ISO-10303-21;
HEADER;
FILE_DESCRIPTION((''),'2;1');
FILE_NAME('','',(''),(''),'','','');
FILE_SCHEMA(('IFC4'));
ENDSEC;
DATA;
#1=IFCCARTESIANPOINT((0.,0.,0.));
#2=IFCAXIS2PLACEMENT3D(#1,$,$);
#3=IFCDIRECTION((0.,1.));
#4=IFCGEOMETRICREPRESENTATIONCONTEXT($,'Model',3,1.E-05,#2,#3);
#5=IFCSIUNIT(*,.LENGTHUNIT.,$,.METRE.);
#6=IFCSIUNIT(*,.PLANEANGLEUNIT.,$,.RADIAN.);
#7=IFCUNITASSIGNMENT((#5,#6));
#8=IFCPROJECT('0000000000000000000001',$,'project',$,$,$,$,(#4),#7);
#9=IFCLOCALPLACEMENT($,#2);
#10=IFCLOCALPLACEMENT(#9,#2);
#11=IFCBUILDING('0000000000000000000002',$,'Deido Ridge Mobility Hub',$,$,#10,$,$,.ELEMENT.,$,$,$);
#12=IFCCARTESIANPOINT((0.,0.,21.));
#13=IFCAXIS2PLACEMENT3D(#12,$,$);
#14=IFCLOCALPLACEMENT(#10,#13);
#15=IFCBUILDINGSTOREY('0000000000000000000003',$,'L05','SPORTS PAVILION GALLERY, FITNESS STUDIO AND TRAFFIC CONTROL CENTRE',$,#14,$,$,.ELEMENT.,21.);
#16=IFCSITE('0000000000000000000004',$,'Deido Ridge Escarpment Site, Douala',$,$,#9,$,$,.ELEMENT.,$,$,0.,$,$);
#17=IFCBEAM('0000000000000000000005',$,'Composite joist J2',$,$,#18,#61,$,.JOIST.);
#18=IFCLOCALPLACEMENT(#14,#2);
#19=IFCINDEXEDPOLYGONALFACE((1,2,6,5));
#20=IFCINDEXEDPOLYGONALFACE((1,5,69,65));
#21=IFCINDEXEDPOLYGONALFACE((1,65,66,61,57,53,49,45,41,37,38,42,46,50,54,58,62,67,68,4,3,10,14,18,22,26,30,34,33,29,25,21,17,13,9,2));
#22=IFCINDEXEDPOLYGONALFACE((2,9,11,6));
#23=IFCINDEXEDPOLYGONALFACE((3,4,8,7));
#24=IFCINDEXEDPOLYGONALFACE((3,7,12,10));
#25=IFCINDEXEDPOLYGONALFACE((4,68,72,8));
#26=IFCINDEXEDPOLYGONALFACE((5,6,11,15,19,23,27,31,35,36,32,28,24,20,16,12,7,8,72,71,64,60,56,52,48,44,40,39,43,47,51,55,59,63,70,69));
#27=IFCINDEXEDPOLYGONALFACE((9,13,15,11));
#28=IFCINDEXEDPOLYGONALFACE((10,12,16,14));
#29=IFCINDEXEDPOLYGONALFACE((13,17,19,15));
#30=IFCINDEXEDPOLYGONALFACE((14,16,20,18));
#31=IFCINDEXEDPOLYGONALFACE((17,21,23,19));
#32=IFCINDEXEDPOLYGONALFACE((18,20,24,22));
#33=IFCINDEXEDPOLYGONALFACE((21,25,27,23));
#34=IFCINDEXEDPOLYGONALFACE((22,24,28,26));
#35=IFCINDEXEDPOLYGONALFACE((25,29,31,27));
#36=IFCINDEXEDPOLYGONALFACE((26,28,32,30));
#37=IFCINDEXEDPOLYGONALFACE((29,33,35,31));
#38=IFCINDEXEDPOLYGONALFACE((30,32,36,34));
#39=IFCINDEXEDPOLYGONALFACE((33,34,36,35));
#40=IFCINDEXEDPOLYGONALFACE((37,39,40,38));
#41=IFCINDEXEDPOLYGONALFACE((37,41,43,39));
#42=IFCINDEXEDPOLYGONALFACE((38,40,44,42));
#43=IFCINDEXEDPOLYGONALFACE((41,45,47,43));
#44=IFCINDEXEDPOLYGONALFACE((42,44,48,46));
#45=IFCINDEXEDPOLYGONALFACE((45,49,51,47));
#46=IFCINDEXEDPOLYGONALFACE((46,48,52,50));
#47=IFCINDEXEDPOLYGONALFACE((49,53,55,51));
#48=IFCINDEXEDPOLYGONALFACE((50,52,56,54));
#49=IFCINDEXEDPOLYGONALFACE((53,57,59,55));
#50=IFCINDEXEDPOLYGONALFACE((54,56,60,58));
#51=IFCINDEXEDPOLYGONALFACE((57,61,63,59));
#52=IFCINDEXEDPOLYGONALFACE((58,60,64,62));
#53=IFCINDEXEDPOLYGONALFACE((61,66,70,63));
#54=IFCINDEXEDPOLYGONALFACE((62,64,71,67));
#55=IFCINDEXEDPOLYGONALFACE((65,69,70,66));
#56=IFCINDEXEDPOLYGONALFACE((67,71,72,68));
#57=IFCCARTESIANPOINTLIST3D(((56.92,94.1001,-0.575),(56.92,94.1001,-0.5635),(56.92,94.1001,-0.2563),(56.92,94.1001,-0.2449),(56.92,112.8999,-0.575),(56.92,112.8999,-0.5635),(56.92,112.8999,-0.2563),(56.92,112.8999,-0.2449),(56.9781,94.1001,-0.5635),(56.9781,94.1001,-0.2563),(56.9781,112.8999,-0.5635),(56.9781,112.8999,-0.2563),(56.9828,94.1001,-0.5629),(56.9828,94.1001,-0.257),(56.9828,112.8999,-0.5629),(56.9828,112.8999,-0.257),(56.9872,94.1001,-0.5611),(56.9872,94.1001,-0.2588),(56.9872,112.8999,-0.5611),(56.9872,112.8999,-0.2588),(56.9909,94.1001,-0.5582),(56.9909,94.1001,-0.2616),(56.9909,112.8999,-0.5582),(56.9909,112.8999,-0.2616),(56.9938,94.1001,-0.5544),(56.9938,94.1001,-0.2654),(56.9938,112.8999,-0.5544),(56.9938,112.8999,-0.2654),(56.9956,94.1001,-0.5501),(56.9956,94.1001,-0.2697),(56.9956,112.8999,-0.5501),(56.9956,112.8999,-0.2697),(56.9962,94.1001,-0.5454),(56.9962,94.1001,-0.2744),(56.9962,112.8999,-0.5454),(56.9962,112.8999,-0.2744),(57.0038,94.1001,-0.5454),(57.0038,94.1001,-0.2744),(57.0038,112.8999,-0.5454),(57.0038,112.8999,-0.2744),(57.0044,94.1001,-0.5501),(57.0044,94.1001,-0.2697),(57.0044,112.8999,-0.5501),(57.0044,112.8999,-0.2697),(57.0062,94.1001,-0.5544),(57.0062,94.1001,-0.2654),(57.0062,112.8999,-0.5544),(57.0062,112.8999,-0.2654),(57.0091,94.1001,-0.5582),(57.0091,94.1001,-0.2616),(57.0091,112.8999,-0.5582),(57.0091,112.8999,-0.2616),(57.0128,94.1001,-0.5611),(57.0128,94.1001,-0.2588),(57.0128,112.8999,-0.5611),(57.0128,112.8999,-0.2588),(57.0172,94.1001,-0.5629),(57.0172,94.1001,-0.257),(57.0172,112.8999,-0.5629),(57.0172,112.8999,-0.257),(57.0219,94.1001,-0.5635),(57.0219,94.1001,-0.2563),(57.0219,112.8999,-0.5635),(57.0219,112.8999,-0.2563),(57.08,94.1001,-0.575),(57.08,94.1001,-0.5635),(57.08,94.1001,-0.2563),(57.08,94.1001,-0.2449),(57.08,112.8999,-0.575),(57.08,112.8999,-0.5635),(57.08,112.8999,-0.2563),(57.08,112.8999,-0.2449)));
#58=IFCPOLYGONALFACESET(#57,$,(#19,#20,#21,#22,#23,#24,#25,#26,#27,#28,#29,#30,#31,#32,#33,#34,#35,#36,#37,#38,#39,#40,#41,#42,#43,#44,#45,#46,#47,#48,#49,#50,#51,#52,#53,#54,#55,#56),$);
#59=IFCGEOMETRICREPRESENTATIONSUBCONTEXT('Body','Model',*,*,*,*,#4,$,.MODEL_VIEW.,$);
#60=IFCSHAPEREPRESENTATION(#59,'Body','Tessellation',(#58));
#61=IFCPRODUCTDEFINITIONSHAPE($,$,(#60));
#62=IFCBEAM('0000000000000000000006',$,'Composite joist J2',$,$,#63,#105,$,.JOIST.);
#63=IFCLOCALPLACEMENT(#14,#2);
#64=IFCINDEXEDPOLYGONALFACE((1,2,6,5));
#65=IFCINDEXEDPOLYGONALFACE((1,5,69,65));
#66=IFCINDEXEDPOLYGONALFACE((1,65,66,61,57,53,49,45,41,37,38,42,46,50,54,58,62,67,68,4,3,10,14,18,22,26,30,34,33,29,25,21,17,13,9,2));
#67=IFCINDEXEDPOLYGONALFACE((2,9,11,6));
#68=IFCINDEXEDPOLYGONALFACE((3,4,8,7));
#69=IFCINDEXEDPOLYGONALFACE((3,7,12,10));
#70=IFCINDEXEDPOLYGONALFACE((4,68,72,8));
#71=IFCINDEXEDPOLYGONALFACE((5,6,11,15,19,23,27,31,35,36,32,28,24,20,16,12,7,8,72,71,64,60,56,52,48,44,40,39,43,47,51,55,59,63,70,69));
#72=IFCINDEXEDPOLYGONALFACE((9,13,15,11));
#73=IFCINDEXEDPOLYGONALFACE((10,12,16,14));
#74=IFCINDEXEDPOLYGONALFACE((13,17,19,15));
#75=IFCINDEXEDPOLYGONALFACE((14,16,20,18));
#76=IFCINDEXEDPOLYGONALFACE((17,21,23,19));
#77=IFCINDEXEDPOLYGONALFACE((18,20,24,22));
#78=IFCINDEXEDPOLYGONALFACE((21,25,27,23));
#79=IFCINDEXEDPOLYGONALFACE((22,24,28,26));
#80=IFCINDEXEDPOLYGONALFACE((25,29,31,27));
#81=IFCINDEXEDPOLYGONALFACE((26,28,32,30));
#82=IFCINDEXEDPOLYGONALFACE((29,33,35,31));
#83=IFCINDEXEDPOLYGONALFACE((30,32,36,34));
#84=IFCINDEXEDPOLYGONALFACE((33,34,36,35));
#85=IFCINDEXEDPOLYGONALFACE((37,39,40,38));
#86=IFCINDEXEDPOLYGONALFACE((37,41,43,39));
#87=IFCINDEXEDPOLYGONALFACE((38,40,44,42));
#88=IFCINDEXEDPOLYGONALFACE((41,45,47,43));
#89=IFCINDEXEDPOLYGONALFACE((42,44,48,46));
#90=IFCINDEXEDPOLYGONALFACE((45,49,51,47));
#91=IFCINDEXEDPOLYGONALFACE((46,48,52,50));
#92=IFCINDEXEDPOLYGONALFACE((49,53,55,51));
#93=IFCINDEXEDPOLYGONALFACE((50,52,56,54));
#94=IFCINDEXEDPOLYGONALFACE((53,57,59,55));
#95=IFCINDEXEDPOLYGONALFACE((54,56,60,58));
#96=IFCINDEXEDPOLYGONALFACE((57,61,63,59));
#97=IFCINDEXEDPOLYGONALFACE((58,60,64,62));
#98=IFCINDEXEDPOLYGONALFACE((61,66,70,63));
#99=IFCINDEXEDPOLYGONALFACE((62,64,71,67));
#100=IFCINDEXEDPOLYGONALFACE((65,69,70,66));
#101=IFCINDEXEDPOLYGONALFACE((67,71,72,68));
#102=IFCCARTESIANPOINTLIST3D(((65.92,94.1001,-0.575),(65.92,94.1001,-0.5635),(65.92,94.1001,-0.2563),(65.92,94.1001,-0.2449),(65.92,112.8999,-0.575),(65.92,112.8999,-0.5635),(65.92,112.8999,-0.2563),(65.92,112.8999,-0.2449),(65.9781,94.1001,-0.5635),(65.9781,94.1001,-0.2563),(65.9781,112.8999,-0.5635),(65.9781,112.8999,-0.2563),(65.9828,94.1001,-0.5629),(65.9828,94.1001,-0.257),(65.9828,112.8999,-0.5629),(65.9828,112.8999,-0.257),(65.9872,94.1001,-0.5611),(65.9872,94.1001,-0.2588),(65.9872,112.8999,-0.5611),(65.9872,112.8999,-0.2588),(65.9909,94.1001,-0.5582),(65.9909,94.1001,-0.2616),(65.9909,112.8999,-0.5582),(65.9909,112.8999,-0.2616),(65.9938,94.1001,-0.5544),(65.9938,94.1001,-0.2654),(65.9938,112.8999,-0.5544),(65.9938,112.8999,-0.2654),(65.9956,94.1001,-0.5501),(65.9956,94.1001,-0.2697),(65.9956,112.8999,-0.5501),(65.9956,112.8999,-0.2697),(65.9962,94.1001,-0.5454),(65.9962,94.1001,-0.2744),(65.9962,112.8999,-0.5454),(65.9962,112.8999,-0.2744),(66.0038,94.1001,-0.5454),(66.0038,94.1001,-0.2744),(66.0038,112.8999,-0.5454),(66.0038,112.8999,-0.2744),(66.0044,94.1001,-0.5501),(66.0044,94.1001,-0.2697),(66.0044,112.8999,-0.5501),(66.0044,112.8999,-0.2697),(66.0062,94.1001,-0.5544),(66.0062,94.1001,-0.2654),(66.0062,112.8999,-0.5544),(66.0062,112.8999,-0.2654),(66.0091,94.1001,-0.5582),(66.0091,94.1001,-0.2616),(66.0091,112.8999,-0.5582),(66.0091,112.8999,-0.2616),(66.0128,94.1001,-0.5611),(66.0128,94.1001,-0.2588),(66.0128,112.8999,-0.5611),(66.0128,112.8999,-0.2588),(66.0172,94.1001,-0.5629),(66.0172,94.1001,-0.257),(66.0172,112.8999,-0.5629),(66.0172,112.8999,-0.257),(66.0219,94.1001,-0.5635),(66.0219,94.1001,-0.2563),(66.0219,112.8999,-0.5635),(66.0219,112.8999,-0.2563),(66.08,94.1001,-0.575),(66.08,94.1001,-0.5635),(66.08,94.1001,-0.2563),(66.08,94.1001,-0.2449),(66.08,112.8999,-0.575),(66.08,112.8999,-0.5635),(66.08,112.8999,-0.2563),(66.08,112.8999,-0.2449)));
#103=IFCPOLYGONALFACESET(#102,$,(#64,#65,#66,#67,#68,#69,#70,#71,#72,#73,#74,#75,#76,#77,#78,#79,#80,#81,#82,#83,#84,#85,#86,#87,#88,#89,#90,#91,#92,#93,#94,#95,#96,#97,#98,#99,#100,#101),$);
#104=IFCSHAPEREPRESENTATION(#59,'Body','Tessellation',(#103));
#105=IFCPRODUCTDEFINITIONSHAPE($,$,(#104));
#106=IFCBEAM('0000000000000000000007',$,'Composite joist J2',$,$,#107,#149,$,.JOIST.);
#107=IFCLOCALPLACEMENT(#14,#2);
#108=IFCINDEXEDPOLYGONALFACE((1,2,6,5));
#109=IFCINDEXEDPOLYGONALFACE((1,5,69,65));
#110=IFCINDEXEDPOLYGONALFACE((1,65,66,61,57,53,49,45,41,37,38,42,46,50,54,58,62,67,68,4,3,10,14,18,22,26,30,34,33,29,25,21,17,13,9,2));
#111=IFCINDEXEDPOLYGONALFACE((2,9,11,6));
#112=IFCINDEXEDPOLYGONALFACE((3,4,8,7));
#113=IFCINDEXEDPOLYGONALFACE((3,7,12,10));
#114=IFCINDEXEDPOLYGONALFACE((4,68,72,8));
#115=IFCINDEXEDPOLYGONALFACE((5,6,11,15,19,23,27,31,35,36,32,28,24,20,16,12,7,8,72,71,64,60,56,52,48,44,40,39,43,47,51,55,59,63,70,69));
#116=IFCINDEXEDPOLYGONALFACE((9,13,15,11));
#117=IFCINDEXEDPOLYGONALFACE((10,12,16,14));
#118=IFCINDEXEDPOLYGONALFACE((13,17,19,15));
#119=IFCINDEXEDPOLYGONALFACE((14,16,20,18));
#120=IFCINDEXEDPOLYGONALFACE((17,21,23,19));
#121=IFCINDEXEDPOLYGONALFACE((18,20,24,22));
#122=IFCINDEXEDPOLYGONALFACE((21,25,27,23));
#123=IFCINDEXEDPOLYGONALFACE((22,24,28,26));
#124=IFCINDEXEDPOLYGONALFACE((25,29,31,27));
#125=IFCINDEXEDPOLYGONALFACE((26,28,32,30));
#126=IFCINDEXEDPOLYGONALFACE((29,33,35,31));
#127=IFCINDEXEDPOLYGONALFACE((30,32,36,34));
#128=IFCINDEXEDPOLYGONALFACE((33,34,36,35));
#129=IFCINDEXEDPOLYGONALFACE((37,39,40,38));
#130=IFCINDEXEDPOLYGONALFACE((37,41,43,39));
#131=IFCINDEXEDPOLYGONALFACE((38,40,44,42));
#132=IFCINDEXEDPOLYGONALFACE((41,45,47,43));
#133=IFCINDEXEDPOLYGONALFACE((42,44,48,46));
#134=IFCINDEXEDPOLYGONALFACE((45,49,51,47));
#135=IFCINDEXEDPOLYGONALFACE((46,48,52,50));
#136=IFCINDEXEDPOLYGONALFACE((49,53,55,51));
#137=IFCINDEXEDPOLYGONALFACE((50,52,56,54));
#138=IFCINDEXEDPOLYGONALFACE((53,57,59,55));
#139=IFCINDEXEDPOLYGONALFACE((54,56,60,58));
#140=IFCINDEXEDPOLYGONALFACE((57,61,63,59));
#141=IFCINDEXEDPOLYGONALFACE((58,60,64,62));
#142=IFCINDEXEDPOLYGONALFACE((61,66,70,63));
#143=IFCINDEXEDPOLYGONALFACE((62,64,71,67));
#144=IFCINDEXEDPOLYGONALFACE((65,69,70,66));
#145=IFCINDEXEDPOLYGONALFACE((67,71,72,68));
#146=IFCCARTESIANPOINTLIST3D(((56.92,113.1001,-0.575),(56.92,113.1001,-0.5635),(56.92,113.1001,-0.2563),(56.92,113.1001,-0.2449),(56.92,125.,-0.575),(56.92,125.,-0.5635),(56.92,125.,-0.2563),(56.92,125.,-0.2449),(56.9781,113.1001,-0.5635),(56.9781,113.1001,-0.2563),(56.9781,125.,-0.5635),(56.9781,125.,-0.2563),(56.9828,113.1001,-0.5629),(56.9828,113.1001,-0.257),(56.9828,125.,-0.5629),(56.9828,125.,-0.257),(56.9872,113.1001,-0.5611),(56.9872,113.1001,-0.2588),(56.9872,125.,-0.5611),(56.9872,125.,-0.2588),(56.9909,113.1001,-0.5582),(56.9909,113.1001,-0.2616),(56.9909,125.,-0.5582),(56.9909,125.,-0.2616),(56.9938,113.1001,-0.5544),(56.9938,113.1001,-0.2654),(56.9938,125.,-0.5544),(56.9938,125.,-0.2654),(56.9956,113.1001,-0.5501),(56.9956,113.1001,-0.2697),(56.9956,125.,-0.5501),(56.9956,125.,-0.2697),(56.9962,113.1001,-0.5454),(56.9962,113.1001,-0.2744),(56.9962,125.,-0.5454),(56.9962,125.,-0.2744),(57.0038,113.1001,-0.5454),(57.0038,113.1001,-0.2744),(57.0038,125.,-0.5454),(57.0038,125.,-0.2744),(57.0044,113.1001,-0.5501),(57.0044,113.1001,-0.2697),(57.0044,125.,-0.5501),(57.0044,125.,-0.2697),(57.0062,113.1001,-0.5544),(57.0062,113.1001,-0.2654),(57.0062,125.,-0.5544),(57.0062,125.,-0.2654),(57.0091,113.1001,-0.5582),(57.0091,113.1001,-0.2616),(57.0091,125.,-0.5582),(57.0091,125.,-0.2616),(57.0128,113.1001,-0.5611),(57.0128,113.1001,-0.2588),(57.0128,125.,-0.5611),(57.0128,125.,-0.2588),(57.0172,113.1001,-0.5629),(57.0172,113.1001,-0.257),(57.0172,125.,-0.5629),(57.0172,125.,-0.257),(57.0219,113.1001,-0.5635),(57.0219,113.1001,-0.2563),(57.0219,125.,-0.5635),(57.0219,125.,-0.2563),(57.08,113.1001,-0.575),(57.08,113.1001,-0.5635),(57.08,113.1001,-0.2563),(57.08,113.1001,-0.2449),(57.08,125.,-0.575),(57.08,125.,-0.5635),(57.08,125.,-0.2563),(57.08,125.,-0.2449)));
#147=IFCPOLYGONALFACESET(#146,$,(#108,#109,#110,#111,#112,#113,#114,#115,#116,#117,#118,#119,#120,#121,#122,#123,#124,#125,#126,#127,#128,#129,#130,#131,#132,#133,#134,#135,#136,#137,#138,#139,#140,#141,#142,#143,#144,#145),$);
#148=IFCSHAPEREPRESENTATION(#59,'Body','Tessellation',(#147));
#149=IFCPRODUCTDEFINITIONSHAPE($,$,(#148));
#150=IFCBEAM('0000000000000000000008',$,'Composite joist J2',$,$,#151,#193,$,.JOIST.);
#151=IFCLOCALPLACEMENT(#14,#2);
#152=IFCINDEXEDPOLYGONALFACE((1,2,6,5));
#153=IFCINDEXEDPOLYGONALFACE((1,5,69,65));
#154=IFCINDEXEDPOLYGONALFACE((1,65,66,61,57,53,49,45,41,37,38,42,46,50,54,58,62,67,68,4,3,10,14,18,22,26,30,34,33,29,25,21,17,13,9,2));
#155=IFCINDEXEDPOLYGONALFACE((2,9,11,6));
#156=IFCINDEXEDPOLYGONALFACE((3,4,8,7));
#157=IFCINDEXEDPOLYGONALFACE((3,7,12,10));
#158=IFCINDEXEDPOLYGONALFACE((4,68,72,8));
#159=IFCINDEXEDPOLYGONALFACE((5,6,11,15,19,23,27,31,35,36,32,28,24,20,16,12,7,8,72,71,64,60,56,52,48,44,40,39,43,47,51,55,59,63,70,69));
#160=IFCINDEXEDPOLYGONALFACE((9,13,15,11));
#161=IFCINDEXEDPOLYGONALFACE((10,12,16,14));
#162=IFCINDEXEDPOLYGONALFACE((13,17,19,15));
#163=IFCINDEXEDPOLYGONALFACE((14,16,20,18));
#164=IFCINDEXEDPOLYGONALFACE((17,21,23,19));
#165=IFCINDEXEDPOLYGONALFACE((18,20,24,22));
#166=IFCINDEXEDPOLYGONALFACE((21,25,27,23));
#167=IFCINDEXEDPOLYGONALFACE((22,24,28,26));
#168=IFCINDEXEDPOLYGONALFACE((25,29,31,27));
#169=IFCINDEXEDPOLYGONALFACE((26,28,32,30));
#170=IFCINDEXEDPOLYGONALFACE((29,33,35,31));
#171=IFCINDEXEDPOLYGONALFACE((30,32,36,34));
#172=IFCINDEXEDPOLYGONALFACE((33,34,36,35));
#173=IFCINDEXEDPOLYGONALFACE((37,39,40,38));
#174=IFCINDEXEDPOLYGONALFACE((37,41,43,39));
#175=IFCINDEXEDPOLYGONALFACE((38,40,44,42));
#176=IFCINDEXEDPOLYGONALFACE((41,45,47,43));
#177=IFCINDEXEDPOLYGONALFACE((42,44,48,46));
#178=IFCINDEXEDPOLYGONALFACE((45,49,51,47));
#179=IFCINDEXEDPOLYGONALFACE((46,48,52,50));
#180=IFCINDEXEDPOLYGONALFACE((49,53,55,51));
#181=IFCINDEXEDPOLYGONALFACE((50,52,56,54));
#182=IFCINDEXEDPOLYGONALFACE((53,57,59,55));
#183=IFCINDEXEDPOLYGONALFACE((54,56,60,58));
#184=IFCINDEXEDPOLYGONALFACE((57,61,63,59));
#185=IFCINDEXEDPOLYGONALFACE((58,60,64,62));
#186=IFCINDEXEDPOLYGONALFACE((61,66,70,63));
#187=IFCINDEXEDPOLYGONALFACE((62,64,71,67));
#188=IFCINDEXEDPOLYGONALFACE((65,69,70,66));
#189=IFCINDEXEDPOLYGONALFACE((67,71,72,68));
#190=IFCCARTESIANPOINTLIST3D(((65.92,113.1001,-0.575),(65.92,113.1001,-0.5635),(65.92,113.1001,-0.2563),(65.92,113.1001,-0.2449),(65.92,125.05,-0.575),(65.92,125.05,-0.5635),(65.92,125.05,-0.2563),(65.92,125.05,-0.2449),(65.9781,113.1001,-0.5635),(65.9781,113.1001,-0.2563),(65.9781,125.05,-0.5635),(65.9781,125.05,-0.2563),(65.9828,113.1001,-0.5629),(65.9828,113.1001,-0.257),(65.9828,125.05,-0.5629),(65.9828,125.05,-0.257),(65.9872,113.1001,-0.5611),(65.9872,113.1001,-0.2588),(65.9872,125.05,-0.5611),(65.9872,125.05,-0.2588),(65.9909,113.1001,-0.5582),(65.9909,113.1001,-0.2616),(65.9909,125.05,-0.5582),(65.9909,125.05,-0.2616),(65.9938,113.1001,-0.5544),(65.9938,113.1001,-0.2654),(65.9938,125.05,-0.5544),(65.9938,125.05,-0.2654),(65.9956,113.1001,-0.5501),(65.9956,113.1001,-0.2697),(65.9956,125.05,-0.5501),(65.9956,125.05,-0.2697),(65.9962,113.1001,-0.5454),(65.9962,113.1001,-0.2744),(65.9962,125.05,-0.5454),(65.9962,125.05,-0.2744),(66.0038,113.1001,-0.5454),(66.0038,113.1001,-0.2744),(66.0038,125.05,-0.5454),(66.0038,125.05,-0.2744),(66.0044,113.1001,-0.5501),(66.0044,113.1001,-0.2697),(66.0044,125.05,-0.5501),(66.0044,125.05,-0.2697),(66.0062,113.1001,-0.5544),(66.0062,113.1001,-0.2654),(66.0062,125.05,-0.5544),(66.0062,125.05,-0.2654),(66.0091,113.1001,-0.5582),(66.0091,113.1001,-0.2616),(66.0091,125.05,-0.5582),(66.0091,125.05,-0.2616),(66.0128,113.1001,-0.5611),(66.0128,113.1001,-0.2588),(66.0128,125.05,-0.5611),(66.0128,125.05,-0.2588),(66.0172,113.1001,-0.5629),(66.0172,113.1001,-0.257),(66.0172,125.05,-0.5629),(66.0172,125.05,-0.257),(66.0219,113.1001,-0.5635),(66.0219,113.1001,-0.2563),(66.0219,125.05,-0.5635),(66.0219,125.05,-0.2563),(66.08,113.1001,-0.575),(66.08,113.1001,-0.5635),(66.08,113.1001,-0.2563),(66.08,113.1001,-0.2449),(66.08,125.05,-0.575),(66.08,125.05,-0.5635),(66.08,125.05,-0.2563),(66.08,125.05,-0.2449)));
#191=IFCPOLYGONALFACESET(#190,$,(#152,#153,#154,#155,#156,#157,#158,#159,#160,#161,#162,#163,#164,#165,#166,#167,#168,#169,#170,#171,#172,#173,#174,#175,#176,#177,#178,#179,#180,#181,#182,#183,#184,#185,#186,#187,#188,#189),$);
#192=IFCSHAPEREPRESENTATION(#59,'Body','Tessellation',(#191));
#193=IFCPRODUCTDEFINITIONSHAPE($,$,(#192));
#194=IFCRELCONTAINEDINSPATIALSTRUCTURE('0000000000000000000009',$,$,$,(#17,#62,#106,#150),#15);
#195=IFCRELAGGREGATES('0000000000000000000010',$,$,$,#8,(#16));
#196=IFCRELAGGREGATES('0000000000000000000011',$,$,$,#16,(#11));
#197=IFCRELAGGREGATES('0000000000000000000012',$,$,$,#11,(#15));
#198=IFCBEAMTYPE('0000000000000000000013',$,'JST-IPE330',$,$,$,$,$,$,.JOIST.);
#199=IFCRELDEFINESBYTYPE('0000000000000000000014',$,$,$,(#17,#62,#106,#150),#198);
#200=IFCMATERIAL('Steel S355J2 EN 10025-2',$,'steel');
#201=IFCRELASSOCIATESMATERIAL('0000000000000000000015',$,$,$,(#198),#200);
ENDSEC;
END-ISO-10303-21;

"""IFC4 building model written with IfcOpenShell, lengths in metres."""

from ifc_helpers import new_model, si_unit, direction, frame, origin, origin_2d, place, context, subcontext, project, spatial, i_section, extrude, material, material_profile, profile_set, type_object, element, save


model = new_model("IFC4")

# Units and contexts
model_context = context("Model", 3, precision=1e-05, world=origin(), true_north=direction((0.0, 1.0)))
body_context = subcontext(model_context, "Body", "Model", "MODEL_VIEW")
ifc_project = project(units=[si_unit("LENGTHUNIT", "METRE"), si_unit("PLANEANGLEUNIT", "RADIAN")], contexts=[model_context])

# Site, building, storey
site_placement = place(None, origin())
site = spatial("IfcSite", under=ifc_project, at=site_placement, Name="Deido Ridge Escarpment Site, Douala", CompositionType="ELEMENT", RefElevation=0.0)
building_placement = place(site_placement, origin())
building = spatial("IfcBuilding", under=site, at=building_placement, Name="Deido Ridge Mobility Hub", CompositionType="ELEMENT")
storey_placement = place(building_placement, frame((0.0, 0.0, 21.0)))
storey = spatial("IfcBuildingStorey", under=building, at=storey_placement, Name="L05", Description="SPORTS PAVILION GALLERY, FITNESS STUDIO AND TRAFFIC CONTROL CENTRE", CompositionType="ELEMENT", Elevation=21.0)

# Beams
ifc_material = material(Name="Steel S355J2 EN 10025-2", Category="steel")
ifc_material_profile_1 = material_profile(ifc_material, i_section(OverallWidth=0.1599, OverallDepth=0.3301, WebThickness=0.0076, FlangeThickness=0.0115, FilletRadius=0.0181, at=origin_2d()), Name="IPE 330")
ifc_profile_set_1 = profile_set([ifc_material_profile_1], Name="Steel S355J2 EN 10025-2")
beam_type_1 = type_object("IfcBeamType", Name="JST-IPE330", PredefinedType="JOIST", material=ifc_profile_set_1)
for number, where, z_axis, x_axis, name in (
    (1, (57.0, 94.1001, -0.4099), (0.0, 1.0, 0.0), (-1.0, 0.0, 0.0), "Composite joist J2"),
    (2, (66.0, 94.1001, -0.4099), (0.0, 1.0, 0.0), (-1.0, 0.0, 0.0), "Composite joist J2"),
):
    element("IfcBeam", number, at=place(storey_placement, frame(where, z_axis=z_axis, x_axis=x_axis)), inside=storey, type_object=beam_type_1, Name=name, PredefinedType="JOIST", context=body_context, shape_type="SweptSolid", body=[
        extrude(i_section(OverallWidth=0.1599, OverallDepth=0.3301, WebThickness=0.0076, FlangeThickness=0.0115, FilletRadius=0.0181, at=origin_2d()), origin(), (0.0, 0.0, 1.0), 18.7998),
    ])
beam_1_placement = place(storey_placement, frame((57.0, 113.1001, -0.4099), z_axis=(0.0, 1.0, 0.0), x_axis=(-1.0, 0.0, 0.0)))
element("IfcBeam", 3, at=beam_1_placement, inside=storey, type_object=beam_type_1, Name="Composite joist J2", PredefinedType="JOIST", context=body_context, shape_type="SweptSolid", body=[
    extrude(i_section(OverallWidth=0.1599, OverallDepth=0.3301, WebThickness=0.0076, FlangeThickness=0.0115, FilletRadius=0.0181, at=origin_2d()), origin(), (0.0, 0.0, 1.0), 11.8999),
])
beam_2_placement = place(storey_placement, frame((66.0, 113.1001, -0.4099), z_axis=(0.0, 1.0, 0.0), x_axis=(-1.0, 0.0, 0.0)))
element("IfcBeam", 4, at=beam_2_placement, inside=storey, type_object=beam_type_1, Name="Composite joist J2", PredefinedType="JOIST", context=body_context, shape_type="SweptSolid", body=[
    extrude(i_section(OverallWidth=0.1599, OverallDepth=0.3301, WebThickness=0.0076, FlangeThickness=0.0115, FilletRadius=0.0181, at=origin_2d()), origin(), (0.0, 0.0, 1.0), 11.95),
])

save(model, "model.ifc")
